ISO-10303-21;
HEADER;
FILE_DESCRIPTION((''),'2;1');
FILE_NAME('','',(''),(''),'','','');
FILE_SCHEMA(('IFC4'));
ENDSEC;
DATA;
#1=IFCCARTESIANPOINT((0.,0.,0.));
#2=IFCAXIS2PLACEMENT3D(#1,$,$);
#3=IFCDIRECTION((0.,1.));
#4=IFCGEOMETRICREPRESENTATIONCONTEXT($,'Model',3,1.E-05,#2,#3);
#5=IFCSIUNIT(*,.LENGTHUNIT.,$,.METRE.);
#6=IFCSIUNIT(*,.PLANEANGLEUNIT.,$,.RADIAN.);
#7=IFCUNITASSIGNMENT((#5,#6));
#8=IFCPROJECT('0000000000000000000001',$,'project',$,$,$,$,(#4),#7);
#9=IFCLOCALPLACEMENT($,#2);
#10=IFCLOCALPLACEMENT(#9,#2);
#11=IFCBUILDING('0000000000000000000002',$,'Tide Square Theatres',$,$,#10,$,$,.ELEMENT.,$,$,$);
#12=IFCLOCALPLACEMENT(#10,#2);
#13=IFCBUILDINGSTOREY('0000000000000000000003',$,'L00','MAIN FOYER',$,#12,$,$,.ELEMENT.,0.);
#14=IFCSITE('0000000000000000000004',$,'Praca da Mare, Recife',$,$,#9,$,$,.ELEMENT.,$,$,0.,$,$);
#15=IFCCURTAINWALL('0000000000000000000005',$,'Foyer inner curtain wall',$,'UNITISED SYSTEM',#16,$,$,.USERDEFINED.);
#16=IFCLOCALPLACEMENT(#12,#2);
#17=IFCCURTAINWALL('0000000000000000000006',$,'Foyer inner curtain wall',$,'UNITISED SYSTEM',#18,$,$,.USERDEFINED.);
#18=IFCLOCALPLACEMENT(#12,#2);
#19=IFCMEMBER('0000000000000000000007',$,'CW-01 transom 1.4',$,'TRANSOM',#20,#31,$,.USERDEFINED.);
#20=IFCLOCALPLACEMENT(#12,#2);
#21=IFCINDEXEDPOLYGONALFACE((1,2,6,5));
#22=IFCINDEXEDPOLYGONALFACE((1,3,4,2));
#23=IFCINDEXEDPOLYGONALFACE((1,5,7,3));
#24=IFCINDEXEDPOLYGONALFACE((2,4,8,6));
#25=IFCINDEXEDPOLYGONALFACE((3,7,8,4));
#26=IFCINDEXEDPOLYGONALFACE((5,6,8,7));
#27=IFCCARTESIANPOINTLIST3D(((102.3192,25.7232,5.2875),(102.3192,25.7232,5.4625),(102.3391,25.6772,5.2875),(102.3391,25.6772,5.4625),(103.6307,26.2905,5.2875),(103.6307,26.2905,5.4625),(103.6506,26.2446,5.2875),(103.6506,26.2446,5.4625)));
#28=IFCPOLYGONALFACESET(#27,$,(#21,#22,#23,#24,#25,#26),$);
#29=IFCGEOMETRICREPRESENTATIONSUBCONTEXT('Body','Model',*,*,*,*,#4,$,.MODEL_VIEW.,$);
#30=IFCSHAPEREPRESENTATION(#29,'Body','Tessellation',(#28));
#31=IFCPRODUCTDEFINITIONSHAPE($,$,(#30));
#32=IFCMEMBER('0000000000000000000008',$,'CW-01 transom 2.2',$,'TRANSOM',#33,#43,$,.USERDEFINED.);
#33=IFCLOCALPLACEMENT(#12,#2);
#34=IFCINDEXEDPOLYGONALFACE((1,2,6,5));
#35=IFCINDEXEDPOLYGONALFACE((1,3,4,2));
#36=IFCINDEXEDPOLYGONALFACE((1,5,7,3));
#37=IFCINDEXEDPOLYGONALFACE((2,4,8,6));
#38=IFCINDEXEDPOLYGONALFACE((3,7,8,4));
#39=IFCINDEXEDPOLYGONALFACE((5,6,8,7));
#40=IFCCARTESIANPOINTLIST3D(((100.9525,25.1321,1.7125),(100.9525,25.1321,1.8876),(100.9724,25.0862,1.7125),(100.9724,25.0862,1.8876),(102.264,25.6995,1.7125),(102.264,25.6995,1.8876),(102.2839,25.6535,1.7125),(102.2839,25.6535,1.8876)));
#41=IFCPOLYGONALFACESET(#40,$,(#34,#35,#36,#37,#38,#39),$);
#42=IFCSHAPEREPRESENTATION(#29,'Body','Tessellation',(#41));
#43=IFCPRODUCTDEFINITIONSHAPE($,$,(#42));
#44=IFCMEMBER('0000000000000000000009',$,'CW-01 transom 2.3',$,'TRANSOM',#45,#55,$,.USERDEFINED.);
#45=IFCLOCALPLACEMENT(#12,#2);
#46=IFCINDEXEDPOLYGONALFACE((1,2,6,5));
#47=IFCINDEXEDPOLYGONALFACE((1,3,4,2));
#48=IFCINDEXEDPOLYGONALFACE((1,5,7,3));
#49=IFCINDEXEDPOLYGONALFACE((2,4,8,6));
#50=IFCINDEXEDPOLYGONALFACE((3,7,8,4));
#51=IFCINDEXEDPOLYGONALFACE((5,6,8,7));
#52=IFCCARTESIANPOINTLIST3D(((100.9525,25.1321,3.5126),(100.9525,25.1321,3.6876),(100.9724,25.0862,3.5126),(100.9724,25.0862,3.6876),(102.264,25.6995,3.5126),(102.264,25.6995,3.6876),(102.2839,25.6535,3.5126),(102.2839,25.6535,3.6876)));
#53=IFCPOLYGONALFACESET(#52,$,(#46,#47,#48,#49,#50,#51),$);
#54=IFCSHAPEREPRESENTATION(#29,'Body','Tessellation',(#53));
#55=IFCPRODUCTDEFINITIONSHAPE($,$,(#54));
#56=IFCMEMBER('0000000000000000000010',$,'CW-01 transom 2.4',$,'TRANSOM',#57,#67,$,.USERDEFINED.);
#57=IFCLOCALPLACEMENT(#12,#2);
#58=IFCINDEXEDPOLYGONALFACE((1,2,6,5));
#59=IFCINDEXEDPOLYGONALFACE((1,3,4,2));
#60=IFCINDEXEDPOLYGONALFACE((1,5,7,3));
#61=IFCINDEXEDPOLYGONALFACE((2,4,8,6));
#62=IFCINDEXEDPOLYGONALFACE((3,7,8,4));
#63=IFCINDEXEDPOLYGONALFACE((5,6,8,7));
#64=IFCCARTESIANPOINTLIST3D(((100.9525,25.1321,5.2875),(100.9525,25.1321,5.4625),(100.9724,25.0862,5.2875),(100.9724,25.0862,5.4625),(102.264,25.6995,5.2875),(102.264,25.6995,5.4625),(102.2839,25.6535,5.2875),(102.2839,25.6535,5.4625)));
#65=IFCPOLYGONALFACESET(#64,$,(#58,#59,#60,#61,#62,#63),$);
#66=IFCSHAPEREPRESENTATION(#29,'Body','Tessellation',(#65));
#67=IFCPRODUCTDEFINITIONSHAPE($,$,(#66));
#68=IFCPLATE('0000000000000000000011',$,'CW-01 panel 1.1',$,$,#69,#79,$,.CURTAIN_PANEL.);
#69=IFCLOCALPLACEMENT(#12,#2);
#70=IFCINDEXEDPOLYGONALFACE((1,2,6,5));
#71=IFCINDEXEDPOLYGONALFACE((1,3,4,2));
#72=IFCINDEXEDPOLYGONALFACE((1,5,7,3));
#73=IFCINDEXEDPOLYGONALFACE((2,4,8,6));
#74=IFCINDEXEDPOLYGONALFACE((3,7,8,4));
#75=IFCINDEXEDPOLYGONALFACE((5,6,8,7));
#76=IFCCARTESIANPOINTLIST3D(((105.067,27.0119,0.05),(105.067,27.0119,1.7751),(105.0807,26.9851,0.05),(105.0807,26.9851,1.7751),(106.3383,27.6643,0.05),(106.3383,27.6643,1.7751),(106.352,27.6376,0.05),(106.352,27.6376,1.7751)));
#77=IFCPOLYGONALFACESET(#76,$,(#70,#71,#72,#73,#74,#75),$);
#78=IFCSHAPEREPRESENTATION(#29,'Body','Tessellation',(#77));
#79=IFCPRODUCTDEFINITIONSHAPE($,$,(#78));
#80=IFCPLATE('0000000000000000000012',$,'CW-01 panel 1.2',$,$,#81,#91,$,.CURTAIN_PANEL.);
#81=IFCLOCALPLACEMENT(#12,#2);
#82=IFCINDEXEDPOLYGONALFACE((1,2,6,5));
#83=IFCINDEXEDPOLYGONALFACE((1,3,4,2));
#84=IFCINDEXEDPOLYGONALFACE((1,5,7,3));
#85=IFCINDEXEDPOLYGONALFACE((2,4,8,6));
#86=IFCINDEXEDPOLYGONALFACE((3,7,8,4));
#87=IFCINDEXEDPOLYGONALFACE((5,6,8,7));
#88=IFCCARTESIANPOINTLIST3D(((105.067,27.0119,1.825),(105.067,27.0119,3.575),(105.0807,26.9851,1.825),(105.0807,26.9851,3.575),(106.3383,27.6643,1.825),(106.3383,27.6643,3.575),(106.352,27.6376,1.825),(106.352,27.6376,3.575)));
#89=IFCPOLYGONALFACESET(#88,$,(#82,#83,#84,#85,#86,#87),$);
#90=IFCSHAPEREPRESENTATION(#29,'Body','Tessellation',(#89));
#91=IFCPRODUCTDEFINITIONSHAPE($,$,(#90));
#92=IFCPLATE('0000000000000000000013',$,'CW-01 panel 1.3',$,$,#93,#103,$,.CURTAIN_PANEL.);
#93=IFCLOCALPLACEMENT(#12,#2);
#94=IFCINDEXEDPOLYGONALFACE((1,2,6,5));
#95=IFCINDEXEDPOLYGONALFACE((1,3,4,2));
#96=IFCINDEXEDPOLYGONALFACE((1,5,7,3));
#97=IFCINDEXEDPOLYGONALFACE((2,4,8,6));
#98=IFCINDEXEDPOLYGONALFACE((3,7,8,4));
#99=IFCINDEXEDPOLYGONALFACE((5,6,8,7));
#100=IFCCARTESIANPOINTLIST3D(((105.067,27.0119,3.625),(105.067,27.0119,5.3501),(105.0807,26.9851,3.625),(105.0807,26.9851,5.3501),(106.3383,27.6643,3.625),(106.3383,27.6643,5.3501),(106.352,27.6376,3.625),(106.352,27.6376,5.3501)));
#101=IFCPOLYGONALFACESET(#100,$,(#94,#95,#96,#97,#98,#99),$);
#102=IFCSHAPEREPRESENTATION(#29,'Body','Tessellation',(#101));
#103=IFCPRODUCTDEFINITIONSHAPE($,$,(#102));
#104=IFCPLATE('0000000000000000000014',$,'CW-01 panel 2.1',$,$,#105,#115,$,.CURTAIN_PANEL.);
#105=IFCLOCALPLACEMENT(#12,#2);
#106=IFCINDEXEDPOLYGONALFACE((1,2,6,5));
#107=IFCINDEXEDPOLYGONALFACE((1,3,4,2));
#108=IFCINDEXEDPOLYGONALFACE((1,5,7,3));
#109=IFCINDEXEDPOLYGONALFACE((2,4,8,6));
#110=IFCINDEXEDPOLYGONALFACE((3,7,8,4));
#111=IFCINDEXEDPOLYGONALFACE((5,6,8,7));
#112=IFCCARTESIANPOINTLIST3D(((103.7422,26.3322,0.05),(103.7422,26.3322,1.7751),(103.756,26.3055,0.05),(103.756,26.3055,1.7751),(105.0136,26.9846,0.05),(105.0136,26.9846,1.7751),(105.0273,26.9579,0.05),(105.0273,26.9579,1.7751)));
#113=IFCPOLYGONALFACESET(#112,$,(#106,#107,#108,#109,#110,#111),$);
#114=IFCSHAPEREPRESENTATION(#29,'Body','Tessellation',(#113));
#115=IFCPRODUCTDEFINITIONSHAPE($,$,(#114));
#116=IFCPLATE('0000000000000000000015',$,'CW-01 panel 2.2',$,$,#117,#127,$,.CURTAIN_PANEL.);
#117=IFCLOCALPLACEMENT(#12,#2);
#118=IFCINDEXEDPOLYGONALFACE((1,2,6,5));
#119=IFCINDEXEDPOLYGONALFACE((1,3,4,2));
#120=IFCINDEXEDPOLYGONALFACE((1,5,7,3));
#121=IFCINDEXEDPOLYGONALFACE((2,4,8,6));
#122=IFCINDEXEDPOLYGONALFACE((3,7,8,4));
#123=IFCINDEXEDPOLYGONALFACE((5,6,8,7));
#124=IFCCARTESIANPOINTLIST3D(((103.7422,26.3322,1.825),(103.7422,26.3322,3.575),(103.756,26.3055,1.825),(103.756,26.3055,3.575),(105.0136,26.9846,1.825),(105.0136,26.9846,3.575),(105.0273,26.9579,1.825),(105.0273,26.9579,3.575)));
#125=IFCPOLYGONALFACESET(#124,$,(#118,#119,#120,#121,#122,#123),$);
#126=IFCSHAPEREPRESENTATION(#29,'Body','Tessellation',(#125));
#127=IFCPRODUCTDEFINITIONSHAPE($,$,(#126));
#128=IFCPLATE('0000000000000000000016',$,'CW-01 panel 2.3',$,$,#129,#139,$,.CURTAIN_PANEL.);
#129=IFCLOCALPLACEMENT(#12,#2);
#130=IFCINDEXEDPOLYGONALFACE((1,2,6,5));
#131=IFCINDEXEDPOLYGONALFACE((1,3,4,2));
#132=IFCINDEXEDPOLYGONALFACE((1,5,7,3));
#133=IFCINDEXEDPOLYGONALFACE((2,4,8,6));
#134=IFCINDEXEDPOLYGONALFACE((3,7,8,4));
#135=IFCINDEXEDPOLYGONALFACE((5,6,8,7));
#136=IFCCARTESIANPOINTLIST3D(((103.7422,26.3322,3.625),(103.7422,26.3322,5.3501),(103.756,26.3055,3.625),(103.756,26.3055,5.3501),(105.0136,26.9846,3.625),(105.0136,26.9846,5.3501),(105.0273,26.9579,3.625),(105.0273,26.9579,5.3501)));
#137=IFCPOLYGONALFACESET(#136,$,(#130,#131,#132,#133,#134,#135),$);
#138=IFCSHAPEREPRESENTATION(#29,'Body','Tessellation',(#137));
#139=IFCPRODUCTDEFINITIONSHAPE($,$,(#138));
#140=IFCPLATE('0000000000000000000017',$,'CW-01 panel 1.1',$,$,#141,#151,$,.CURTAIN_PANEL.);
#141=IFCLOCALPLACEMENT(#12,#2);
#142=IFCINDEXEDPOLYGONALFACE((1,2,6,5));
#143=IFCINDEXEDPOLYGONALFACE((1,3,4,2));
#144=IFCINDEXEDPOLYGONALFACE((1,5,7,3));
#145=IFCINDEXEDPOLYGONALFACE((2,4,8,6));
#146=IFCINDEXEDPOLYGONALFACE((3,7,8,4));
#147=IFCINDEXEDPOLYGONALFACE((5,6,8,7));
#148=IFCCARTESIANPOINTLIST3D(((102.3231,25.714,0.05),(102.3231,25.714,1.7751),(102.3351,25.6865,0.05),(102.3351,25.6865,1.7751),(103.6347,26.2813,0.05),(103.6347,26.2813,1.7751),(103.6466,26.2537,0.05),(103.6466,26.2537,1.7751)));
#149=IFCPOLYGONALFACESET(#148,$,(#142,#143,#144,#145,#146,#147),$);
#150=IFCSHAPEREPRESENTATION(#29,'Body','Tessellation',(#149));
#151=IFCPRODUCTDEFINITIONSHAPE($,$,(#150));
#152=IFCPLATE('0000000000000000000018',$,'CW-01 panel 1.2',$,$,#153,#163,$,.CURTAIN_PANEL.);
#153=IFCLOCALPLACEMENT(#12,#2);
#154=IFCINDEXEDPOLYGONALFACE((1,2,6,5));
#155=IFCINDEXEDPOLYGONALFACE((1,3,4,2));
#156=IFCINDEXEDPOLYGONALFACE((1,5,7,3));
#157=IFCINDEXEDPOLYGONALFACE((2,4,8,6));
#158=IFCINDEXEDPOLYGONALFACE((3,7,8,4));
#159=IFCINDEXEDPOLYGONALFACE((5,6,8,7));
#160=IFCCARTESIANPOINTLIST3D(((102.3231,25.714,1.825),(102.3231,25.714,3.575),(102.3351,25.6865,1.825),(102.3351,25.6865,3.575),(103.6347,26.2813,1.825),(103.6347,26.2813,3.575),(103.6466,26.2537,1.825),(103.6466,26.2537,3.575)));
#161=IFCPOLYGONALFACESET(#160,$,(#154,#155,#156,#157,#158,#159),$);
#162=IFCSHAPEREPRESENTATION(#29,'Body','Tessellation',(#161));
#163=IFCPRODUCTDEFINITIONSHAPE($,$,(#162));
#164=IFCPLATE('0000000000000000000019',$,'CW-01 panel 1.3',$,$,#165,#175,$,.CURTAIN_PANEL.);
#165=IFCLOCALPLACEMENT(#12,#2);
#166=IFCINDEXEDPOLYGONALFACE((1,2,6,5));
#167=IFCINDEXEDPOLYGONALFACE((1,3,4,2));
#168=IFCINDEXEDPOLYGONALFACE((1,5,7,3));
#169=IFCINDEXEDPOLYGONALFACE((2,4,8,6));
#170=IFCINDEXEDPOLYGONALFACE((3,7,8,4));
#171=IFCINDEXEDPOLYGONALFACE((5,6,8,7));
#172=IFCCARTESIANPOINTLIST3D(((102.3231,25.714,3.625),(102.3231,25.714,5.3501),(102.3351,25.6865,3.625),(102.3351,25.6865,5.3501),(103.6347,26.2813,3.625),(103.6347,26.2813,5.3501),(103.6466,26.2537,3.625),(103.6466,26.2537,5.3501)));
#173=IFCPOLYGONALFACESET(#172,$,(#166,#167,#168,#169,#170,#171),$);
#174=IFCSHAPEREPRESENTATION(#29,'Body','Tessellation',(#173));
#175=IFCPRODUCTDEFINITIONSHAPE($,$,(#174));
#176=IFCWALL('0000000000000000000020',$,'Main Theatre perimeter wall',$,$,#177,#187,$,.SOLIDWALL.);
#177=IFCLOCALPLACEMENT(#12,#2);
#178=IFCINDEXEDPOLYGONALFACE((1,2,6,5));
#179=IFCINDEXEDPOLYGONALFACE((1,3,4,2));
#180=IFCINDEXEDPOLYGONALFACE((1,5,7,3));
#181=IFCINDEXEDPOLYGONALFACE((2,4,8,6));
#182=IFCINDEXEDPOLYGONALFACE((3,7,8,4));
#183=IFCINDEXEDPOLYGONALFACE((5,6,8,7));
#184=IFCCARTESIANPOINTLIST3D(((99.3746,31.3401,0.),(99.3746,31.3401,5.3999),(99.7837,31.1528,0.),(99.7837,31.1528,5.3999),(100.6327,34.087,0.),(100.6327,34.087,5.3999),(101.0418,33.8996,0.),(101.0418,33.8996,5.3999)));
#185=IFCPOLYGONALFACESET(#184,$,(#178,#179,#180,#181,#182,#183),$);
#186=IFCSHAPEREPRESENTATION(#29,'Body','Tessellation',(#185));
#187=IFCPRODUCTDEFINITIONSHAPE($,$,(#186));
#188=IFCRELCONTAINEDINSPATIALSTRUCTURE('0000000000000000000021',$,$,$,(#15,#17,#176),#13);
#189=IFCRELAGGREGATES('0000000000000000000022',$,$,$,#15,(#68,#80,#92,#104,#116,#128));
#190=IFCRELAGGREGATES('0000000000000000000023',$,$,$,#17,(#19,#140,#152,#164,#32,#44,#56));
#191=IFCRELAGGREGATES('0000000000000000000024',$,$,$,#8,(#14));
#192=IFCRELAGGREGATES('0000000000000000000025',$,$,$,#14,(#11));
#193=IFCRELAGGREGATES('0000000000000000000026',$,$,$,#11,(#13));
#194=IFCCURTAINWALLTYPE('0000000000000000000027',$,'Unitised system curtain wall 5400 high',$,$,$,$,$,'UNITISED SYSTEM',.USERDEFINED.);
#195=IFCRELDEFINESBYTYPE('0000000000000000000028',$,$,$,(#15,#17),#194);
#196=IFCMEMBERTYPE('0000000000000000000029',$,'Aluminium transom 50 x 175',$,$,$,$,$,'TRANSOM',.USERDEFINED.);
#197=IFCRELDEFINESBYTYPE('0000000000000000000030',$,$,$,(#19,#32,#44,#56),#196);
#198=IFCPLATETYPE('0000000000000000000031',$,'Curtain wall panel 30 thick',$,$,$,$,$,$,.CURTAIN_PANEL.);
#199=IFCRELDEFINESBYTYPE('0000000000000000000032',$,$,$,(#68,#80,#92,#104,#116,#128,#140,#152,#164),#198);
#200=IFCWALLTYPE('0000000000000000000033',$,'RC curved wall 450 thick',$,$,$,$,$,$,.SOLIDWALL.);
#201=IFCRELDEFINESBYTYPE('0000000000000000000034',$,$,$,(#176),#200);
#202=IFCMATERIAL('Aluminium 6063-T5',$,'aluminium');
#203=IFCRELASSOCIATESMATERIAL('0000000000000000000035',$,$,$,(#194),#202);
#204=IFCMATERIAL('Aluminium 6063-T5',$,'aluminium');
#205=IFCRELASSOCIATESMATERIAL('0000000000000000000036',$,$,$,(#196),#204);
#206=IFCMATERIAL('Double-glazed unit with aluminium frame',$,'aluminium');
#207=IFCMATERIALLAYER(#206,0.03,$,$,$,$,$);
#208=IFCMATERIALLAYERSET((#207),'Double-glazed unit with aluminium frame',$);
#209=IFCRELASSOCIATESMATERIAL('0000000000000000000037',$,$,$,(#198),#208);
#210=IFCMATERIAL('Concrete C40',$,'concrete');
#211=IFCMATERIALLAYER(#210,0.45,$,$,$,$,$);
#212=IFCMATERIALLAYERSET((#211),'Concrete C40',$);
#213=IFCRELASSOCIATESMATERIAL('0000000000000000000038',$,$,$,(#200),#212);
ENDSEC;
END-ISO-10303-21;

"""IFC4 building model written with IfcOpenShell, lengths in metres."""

from ifc_helpers import new_model, si_unit, direction, frame, frame_2d, origin, origin_2d, place, context, subcontext, project, spatial, rectangle, extrude, material, layer, layer_set, material_profile, profile_set, type_object, element, aggregate, save


model = new_model("IFC4")

# Units and contexts
model_context = context("Model", 3, precision=1e-05, world=origin(), true_north=direction((0.0, 1.0)))
body_context = subcontext(model_context, "Body", "Model", "MODEL_VIEW")
ifc_project = project(units=[si_unit("LENGTHUNIT", "METRE"), si_unit("PLANEANGLEUNIT", "RADIAN")], contexts=[model_context])

# Site, building, storey
site_placement = place(None, origin())
site = spatial("IfcSite", under=ifc_project, at=site_placement, Name="Praca da Mare, Recife", CompositionType="ELEMENT", RefElevation=0.0)
building_placement = place(site_placement, origin())
building = spatial("IfcBuilding", under=site, at=building_placement, Name="Tide Square Theatres", CompositionType="ELEMENT")
storey_placement = place(building_placement, origin())
storey = spatial("IfcBuildingStorey", under=building, at=storey_placement, Name="L00", Description="MAIN FOYER", CompositionType="ELEMENT", Elevation=0.0)

# Curtain walls
ifc_material_1 = material(Name="Aluminium 6063-T5", Category="aluminium")
curtain_wall_type = type_object("IfcCurtainWallType", Name="Unitised system curtain wall 5400 high", ElementType="UNITISED SYSTEM", PredefinedType="USERDEFINED", material=ifc_material_1)
curtain_wall_1_placement = place(storey_placement, origin())
curtain_wall_1 = element("IfcCurtainWall", 1, at=curtain_wall_1_placement, inside=storey, type_object=curtain_wall_type, Name="Foyer inner curtain wall", ObjectType="UNITISED SYSTEM", PredefinedType="USERDEFINED")
curtain_wall_2_placement = place(storey_placement, origin())
curtain_wall_2 = element("IfcCurtainWall", 2, at=curtain_wall_2_placement, inside=storey, type_object=curtain_wall_type, Name="Foyer inner curtain wall", ObjectType="UNITISED SYSTEM", PredefinedType="USERDEFINED")

# Members
ifc_material_2 = material(Name="Aluminium 6063-T5", Category="aluminium")
ifc_material_profile_1 = material_profile(ifc_material_2, rectangle(XDim=0.05, YDim=0.175, at=origin_2d()))
ifc_profile_set_1 = profile_set([ifc_material_profile_1], Name="Aluminium 6063-T5")
member_type_1 = type_object("IfcMemberType", Name="Aluminium transom 50 x 175", ElementType="TRANSOM", PredefinedType="USERDEFINED", material=ifc_profile_set_1)
member_1_placement = place(storey_placement, frame((103.6406, 26.2676, 5.375), z_axis=(-0.917796, -0.397051, 0.0), x_axis=(0.397051, -0.917796, 0.0)))
member_1 = element("IfcMember", 3, at=member_1_placement, type_object=member_type_1, Name="CW-01 transom 1.4", ObjectType="TRANSOM", PredefinedType="USERDEFINED", context=body_context, shape_type="SweptSolid", body=[
    extrude(rectangle(XDim=0.05, YDim=0.175, at=origin_2d()), origin(), (0.0, 0.0, 1.0), 1.429),
])
member_2_placement = place(storey_placement, frame((102.2739, 25.6765, 1.8), z_axis=(-0.917796, -0.397051, 0.0), x_axis=(0.397051, -0.917796, 0.0)))
member_2 = element("IfcMember", 4, at=member_2_placement, type_object=member_type_1, Name="CW-01 transom 2.2", ObjectType="TRANSOM", PredefinedType="USERDEFINED", context=body_context, shape_type="SweptSolid", body=[
    extrude(rectangle(XDim=0.05, YDim=0.175, at=origin_2d()), origin(), (0.0, 0.0, 1.0), 1.429),
])
member_3_placement = place(storey_placement, frame((102.2739, 25.6765, 3.6001), z_axis=(-0.917796, -0.397051, 0.0), x_axis=(0.397051, -0.917796, 0.0)))
member_3 = element("IfcMember", 5, at=member_3_placement, type_object=member_type_1, Name="CW-01 transom 2.3", ObjectType="TRANSOM", PredefinedType="USERDEFINED", context=body_context, shape_type="SweptSolid", body=[
    extrude(rectangle(XDim=0.05, YDim=0.175, at=origin_2d()), origin(), (0.0, 0.0, 1.0), 1.429),
])
member_4_placement = place(storey_placement, frame((102.2739, 25.6765, 5.375), z_axis=(-0.917796, -0.397051, 0.0), x_axis=(0.397051, -0.917796, 0.0)))
member_4 = element("IfcMember", 6, at=member_4_placement, type_object=member_type_1, Name="CW-01 transom 2.4", ObjectType="TRANSOM", PredefinedType="USERDEFINED", context=body_context, shape_type="SweptSolid", body=[
    extrude(rectangle(XDim=0.05, YDim=0.175, at=origin_2d()), origin(), (0.0, 0.0, 1.0), 1.429),
])

# Plates
ifc_material_3 = material(Name="Double-glazed unit with aluminium frame", Category="aluminium")
ifc_layer_1 = layer(ifc_material_3, 0.03)
ifc_layer_set_1 = layer_set([ifc_layer_1], Name="Double-glazed unit with aluminium frame")
plate_type = type_object("IfcPlateType", Name="Curtain wall panel 30 thick", PredefinedType="CURTAIN_PANEL", material=ifc_layer_set_1)
plate_1_placement = place(storey_placement, frame((105.7095, 27.3247, 0.05), z_axis=(0.0, 0.0, 1.0), x_axis=(-0.889691, -0.456564, 0.0)))
plate_1 = element("IfcPlate", 7, at=plate_1_placement, type_object=plate_type, Name="CW-01 panel 1.1", PredefinedType="CURTAIN_PANEL", context=body_context, shape_type="SweptSolid", body=[
    extrude(rectangle(XDim=1.429, YDim=0.03, at=origin_2d()), origin(), (0.0, 0.0, 1.0), 1.7251),
])
plate_2_placement = place(storey_placement, frame((105.7095, 27.3247, 1.825), z_axis=(0.0, 0.0, 1.0), x_axis=(-0.889691, -0.456564, 0.0)))
plate_2 = element("IfcPlate", 8, at=plate_2_placement, type_object=plate_type, Name="CW-01 panel 1.2", PredefinedType="CURTAIN_PANEL", context=body_context, shape_type="SweptSolid", body=[
    extrude(rectangle(XDim=1.429, YDim=0.03, at=origin_2d()), origin(), (0.0, 0.0, 1.0), 1.75),
])
plate_3_placement = place(storey_placement, frame((105.7095, 27.3247, 3.625), z_axis=(0.0, 0.0, 1.0), x_axis=(-0.889691, -0.456564, 0.0)))
plate_3 = element("IfcPlate", 9, at=plate_3_placement, type_object=plate_type, Name="CW-01 panel 1.3", PredefinedType="CURTAIN_PANEL", context=body_context, shape_type="SweptSolid", body=[
    extrude(rectangle(XDim=1.429, YDim=0.03, at=origin_2d()), origin(), (0.0, 0.0, 1.0), 1.7251),
])
plate_4_placement = place(storey_placement, frame((104.3848, 26.645, 0.05), z_axis=(0.0, 0.0, 1.0), x_axis=(-0.889691, -0.456564, 0.0)))
plate_4 = element("IfcPlate", 10, at=plate_4_placement, type_object=plate_type, Name="CW-01 panel 2.1", PredefinedType="CURTAIN_PANEL", context=body_context, shape_type="SweptSolid", body=[
    extrude(rectangle(XDim=1.429, YDim=0.03, at=origin_2d()), origin(), (0.0, 0.0, 1.0), 1.7251),
])
plate_5_placement = place(storey_placement, frame((104.3848, 26.645, 1.825), z_axis=(0.0, 0.0, 1.0), x_axis=(-0.889691, -0.456564, 0.0)))
plate_5 = element("IfcPlate", 11, at=plate_5_placement, type_object=plate_type, Name="CW-01 panel 2.2", PredefinedType="CURTAIN_PANEL", context=body_context, shape_type="SweptSolid", body=[
    extrude(rectangle(XDim=1.429, YDim=0.03, at=origin_2d()), origin(), (0.0, 0.0, 1.0), 1.75),
])
plate_6_placement = place(storey_placement, frame((104.3848, 26.645, 3.625), z_axis=(0.0, 0.0, 1.0), x_axis=(-0.889691, -0.456564, 0.0)))
plate_6 = element("IfcPlate", 12, at=plate_6_placement, type_object=plate_type, Name="CW-01 panel 2.3", PredefinedType="CURTAIN_PANEL", context=body_context, shape_type="SweptSolid", body=[
    extrude(rectangle(XDim=1.429, YDim=0.03, at=origin_2d()), origin(), (0.0, 0.0, 1.0), 1.7251),
])
aggregate(curtain_wall_1, [plate_1, plate_2, plate_3, plate_4, plate_5, plate_6])
plate_7_placement = place(storey_placement, frame((102.9849, 25.9839, 0.05), z_axis=(0.0, 0.0, 1.0), x_axis=(-0.917827, -0.39698, 0.0)))
plate_7 = element("IfcPlate", 13, at=plate_7_placement, type_object=plate_type, Name="CW-01 panel 1.1", PredefinedType="CURTAIN_PANEL", context=body_context, shape_type="SweptSolid", body=[
    extrude(rectangle(XDim=1.429, YDim=0.03, at=origin_2d()), origin(), (0.0, 0.0, 1.0), 1.7251),
])
plate_8_placement = place(storey_placement, frame((102.9849, 25.9839, 1.825), z_axis=(0.0, 0.0, 1.0), x_axis=(-0.917827, -0.39698, 0.0)))
plate_8 = element("IfcPlate", 14, at=plate_8_placement, type_object=plate_type, Name="CW-01 panel 1.2", PredefinedType="CURTAIN_PANEL", context=body_context, shape_type="SweptSolid", body=[
    extrude(rectangle(XDim=1.429, YDim=0.03, at=origin_2d()), origin(), (0.0, 0.0, 1.0), 1.75),
])
plate_9_placement = place(storey_placement, frame((102.9849, 25.9839, 3.625), z_axis=(0.0, 0.0, 1.0), x_axis=(-0.917827, -0.39698, 0.0)))
plate_9 = element("IfcPlate", 15, at=plate_9_placement, type_object=plate_type, Name="CW-01 panel 1.3", PredefinedType="CURTAIN_PANEL", context=body_context, shape_type="SweptSolid", body=[
    extrude(rectangle(XDim=1.429, YDim=0.03, at=origin_2d()), origin(), (0.0, 0.0, 1.0), 1.7251),
])
aggregate(curtain_wall_2, [member_1, plate_7, plate_8, plate_9, member_2, member_3, member_4])

# Wall
ifc_material_4 = material(Name="Concrete C40", Category="concrete")
ifc_layer_2 = layer(ifc_material_4, 0.45)
ifc_layer_set_2 = layer_set([ifc_layer_2], Name="Concrete C40")
wall_type = type_object("IfcWallType", Name="RC curved wall 450 thick", PredefinedType="SOLIDWALL", material=ifc_layer_set_2)
wall_placement = place(storey_placement, frame((99.5791, 31.2463, 0.0), z_axis=(0.0, 0.0, 1.0), x_axis=(0.416407, 0.909178, 0.0)))
element("IfcWall", 16, at=wall_placement, inside=storey, type_object=wall_type, Name="Main Theatre perimeter wall", PredefinedType="SOLIDWALL", context=body_context, shape_type="SweptSolid", body=[
    extrude(rectangle(XDim=3.0212, YDim=0.45, at=frame_2d((1.5107, 0.0))), origin(), (0.0, 0.0, 1.0), 5.3999),
])

save(model, "model.ifc")
